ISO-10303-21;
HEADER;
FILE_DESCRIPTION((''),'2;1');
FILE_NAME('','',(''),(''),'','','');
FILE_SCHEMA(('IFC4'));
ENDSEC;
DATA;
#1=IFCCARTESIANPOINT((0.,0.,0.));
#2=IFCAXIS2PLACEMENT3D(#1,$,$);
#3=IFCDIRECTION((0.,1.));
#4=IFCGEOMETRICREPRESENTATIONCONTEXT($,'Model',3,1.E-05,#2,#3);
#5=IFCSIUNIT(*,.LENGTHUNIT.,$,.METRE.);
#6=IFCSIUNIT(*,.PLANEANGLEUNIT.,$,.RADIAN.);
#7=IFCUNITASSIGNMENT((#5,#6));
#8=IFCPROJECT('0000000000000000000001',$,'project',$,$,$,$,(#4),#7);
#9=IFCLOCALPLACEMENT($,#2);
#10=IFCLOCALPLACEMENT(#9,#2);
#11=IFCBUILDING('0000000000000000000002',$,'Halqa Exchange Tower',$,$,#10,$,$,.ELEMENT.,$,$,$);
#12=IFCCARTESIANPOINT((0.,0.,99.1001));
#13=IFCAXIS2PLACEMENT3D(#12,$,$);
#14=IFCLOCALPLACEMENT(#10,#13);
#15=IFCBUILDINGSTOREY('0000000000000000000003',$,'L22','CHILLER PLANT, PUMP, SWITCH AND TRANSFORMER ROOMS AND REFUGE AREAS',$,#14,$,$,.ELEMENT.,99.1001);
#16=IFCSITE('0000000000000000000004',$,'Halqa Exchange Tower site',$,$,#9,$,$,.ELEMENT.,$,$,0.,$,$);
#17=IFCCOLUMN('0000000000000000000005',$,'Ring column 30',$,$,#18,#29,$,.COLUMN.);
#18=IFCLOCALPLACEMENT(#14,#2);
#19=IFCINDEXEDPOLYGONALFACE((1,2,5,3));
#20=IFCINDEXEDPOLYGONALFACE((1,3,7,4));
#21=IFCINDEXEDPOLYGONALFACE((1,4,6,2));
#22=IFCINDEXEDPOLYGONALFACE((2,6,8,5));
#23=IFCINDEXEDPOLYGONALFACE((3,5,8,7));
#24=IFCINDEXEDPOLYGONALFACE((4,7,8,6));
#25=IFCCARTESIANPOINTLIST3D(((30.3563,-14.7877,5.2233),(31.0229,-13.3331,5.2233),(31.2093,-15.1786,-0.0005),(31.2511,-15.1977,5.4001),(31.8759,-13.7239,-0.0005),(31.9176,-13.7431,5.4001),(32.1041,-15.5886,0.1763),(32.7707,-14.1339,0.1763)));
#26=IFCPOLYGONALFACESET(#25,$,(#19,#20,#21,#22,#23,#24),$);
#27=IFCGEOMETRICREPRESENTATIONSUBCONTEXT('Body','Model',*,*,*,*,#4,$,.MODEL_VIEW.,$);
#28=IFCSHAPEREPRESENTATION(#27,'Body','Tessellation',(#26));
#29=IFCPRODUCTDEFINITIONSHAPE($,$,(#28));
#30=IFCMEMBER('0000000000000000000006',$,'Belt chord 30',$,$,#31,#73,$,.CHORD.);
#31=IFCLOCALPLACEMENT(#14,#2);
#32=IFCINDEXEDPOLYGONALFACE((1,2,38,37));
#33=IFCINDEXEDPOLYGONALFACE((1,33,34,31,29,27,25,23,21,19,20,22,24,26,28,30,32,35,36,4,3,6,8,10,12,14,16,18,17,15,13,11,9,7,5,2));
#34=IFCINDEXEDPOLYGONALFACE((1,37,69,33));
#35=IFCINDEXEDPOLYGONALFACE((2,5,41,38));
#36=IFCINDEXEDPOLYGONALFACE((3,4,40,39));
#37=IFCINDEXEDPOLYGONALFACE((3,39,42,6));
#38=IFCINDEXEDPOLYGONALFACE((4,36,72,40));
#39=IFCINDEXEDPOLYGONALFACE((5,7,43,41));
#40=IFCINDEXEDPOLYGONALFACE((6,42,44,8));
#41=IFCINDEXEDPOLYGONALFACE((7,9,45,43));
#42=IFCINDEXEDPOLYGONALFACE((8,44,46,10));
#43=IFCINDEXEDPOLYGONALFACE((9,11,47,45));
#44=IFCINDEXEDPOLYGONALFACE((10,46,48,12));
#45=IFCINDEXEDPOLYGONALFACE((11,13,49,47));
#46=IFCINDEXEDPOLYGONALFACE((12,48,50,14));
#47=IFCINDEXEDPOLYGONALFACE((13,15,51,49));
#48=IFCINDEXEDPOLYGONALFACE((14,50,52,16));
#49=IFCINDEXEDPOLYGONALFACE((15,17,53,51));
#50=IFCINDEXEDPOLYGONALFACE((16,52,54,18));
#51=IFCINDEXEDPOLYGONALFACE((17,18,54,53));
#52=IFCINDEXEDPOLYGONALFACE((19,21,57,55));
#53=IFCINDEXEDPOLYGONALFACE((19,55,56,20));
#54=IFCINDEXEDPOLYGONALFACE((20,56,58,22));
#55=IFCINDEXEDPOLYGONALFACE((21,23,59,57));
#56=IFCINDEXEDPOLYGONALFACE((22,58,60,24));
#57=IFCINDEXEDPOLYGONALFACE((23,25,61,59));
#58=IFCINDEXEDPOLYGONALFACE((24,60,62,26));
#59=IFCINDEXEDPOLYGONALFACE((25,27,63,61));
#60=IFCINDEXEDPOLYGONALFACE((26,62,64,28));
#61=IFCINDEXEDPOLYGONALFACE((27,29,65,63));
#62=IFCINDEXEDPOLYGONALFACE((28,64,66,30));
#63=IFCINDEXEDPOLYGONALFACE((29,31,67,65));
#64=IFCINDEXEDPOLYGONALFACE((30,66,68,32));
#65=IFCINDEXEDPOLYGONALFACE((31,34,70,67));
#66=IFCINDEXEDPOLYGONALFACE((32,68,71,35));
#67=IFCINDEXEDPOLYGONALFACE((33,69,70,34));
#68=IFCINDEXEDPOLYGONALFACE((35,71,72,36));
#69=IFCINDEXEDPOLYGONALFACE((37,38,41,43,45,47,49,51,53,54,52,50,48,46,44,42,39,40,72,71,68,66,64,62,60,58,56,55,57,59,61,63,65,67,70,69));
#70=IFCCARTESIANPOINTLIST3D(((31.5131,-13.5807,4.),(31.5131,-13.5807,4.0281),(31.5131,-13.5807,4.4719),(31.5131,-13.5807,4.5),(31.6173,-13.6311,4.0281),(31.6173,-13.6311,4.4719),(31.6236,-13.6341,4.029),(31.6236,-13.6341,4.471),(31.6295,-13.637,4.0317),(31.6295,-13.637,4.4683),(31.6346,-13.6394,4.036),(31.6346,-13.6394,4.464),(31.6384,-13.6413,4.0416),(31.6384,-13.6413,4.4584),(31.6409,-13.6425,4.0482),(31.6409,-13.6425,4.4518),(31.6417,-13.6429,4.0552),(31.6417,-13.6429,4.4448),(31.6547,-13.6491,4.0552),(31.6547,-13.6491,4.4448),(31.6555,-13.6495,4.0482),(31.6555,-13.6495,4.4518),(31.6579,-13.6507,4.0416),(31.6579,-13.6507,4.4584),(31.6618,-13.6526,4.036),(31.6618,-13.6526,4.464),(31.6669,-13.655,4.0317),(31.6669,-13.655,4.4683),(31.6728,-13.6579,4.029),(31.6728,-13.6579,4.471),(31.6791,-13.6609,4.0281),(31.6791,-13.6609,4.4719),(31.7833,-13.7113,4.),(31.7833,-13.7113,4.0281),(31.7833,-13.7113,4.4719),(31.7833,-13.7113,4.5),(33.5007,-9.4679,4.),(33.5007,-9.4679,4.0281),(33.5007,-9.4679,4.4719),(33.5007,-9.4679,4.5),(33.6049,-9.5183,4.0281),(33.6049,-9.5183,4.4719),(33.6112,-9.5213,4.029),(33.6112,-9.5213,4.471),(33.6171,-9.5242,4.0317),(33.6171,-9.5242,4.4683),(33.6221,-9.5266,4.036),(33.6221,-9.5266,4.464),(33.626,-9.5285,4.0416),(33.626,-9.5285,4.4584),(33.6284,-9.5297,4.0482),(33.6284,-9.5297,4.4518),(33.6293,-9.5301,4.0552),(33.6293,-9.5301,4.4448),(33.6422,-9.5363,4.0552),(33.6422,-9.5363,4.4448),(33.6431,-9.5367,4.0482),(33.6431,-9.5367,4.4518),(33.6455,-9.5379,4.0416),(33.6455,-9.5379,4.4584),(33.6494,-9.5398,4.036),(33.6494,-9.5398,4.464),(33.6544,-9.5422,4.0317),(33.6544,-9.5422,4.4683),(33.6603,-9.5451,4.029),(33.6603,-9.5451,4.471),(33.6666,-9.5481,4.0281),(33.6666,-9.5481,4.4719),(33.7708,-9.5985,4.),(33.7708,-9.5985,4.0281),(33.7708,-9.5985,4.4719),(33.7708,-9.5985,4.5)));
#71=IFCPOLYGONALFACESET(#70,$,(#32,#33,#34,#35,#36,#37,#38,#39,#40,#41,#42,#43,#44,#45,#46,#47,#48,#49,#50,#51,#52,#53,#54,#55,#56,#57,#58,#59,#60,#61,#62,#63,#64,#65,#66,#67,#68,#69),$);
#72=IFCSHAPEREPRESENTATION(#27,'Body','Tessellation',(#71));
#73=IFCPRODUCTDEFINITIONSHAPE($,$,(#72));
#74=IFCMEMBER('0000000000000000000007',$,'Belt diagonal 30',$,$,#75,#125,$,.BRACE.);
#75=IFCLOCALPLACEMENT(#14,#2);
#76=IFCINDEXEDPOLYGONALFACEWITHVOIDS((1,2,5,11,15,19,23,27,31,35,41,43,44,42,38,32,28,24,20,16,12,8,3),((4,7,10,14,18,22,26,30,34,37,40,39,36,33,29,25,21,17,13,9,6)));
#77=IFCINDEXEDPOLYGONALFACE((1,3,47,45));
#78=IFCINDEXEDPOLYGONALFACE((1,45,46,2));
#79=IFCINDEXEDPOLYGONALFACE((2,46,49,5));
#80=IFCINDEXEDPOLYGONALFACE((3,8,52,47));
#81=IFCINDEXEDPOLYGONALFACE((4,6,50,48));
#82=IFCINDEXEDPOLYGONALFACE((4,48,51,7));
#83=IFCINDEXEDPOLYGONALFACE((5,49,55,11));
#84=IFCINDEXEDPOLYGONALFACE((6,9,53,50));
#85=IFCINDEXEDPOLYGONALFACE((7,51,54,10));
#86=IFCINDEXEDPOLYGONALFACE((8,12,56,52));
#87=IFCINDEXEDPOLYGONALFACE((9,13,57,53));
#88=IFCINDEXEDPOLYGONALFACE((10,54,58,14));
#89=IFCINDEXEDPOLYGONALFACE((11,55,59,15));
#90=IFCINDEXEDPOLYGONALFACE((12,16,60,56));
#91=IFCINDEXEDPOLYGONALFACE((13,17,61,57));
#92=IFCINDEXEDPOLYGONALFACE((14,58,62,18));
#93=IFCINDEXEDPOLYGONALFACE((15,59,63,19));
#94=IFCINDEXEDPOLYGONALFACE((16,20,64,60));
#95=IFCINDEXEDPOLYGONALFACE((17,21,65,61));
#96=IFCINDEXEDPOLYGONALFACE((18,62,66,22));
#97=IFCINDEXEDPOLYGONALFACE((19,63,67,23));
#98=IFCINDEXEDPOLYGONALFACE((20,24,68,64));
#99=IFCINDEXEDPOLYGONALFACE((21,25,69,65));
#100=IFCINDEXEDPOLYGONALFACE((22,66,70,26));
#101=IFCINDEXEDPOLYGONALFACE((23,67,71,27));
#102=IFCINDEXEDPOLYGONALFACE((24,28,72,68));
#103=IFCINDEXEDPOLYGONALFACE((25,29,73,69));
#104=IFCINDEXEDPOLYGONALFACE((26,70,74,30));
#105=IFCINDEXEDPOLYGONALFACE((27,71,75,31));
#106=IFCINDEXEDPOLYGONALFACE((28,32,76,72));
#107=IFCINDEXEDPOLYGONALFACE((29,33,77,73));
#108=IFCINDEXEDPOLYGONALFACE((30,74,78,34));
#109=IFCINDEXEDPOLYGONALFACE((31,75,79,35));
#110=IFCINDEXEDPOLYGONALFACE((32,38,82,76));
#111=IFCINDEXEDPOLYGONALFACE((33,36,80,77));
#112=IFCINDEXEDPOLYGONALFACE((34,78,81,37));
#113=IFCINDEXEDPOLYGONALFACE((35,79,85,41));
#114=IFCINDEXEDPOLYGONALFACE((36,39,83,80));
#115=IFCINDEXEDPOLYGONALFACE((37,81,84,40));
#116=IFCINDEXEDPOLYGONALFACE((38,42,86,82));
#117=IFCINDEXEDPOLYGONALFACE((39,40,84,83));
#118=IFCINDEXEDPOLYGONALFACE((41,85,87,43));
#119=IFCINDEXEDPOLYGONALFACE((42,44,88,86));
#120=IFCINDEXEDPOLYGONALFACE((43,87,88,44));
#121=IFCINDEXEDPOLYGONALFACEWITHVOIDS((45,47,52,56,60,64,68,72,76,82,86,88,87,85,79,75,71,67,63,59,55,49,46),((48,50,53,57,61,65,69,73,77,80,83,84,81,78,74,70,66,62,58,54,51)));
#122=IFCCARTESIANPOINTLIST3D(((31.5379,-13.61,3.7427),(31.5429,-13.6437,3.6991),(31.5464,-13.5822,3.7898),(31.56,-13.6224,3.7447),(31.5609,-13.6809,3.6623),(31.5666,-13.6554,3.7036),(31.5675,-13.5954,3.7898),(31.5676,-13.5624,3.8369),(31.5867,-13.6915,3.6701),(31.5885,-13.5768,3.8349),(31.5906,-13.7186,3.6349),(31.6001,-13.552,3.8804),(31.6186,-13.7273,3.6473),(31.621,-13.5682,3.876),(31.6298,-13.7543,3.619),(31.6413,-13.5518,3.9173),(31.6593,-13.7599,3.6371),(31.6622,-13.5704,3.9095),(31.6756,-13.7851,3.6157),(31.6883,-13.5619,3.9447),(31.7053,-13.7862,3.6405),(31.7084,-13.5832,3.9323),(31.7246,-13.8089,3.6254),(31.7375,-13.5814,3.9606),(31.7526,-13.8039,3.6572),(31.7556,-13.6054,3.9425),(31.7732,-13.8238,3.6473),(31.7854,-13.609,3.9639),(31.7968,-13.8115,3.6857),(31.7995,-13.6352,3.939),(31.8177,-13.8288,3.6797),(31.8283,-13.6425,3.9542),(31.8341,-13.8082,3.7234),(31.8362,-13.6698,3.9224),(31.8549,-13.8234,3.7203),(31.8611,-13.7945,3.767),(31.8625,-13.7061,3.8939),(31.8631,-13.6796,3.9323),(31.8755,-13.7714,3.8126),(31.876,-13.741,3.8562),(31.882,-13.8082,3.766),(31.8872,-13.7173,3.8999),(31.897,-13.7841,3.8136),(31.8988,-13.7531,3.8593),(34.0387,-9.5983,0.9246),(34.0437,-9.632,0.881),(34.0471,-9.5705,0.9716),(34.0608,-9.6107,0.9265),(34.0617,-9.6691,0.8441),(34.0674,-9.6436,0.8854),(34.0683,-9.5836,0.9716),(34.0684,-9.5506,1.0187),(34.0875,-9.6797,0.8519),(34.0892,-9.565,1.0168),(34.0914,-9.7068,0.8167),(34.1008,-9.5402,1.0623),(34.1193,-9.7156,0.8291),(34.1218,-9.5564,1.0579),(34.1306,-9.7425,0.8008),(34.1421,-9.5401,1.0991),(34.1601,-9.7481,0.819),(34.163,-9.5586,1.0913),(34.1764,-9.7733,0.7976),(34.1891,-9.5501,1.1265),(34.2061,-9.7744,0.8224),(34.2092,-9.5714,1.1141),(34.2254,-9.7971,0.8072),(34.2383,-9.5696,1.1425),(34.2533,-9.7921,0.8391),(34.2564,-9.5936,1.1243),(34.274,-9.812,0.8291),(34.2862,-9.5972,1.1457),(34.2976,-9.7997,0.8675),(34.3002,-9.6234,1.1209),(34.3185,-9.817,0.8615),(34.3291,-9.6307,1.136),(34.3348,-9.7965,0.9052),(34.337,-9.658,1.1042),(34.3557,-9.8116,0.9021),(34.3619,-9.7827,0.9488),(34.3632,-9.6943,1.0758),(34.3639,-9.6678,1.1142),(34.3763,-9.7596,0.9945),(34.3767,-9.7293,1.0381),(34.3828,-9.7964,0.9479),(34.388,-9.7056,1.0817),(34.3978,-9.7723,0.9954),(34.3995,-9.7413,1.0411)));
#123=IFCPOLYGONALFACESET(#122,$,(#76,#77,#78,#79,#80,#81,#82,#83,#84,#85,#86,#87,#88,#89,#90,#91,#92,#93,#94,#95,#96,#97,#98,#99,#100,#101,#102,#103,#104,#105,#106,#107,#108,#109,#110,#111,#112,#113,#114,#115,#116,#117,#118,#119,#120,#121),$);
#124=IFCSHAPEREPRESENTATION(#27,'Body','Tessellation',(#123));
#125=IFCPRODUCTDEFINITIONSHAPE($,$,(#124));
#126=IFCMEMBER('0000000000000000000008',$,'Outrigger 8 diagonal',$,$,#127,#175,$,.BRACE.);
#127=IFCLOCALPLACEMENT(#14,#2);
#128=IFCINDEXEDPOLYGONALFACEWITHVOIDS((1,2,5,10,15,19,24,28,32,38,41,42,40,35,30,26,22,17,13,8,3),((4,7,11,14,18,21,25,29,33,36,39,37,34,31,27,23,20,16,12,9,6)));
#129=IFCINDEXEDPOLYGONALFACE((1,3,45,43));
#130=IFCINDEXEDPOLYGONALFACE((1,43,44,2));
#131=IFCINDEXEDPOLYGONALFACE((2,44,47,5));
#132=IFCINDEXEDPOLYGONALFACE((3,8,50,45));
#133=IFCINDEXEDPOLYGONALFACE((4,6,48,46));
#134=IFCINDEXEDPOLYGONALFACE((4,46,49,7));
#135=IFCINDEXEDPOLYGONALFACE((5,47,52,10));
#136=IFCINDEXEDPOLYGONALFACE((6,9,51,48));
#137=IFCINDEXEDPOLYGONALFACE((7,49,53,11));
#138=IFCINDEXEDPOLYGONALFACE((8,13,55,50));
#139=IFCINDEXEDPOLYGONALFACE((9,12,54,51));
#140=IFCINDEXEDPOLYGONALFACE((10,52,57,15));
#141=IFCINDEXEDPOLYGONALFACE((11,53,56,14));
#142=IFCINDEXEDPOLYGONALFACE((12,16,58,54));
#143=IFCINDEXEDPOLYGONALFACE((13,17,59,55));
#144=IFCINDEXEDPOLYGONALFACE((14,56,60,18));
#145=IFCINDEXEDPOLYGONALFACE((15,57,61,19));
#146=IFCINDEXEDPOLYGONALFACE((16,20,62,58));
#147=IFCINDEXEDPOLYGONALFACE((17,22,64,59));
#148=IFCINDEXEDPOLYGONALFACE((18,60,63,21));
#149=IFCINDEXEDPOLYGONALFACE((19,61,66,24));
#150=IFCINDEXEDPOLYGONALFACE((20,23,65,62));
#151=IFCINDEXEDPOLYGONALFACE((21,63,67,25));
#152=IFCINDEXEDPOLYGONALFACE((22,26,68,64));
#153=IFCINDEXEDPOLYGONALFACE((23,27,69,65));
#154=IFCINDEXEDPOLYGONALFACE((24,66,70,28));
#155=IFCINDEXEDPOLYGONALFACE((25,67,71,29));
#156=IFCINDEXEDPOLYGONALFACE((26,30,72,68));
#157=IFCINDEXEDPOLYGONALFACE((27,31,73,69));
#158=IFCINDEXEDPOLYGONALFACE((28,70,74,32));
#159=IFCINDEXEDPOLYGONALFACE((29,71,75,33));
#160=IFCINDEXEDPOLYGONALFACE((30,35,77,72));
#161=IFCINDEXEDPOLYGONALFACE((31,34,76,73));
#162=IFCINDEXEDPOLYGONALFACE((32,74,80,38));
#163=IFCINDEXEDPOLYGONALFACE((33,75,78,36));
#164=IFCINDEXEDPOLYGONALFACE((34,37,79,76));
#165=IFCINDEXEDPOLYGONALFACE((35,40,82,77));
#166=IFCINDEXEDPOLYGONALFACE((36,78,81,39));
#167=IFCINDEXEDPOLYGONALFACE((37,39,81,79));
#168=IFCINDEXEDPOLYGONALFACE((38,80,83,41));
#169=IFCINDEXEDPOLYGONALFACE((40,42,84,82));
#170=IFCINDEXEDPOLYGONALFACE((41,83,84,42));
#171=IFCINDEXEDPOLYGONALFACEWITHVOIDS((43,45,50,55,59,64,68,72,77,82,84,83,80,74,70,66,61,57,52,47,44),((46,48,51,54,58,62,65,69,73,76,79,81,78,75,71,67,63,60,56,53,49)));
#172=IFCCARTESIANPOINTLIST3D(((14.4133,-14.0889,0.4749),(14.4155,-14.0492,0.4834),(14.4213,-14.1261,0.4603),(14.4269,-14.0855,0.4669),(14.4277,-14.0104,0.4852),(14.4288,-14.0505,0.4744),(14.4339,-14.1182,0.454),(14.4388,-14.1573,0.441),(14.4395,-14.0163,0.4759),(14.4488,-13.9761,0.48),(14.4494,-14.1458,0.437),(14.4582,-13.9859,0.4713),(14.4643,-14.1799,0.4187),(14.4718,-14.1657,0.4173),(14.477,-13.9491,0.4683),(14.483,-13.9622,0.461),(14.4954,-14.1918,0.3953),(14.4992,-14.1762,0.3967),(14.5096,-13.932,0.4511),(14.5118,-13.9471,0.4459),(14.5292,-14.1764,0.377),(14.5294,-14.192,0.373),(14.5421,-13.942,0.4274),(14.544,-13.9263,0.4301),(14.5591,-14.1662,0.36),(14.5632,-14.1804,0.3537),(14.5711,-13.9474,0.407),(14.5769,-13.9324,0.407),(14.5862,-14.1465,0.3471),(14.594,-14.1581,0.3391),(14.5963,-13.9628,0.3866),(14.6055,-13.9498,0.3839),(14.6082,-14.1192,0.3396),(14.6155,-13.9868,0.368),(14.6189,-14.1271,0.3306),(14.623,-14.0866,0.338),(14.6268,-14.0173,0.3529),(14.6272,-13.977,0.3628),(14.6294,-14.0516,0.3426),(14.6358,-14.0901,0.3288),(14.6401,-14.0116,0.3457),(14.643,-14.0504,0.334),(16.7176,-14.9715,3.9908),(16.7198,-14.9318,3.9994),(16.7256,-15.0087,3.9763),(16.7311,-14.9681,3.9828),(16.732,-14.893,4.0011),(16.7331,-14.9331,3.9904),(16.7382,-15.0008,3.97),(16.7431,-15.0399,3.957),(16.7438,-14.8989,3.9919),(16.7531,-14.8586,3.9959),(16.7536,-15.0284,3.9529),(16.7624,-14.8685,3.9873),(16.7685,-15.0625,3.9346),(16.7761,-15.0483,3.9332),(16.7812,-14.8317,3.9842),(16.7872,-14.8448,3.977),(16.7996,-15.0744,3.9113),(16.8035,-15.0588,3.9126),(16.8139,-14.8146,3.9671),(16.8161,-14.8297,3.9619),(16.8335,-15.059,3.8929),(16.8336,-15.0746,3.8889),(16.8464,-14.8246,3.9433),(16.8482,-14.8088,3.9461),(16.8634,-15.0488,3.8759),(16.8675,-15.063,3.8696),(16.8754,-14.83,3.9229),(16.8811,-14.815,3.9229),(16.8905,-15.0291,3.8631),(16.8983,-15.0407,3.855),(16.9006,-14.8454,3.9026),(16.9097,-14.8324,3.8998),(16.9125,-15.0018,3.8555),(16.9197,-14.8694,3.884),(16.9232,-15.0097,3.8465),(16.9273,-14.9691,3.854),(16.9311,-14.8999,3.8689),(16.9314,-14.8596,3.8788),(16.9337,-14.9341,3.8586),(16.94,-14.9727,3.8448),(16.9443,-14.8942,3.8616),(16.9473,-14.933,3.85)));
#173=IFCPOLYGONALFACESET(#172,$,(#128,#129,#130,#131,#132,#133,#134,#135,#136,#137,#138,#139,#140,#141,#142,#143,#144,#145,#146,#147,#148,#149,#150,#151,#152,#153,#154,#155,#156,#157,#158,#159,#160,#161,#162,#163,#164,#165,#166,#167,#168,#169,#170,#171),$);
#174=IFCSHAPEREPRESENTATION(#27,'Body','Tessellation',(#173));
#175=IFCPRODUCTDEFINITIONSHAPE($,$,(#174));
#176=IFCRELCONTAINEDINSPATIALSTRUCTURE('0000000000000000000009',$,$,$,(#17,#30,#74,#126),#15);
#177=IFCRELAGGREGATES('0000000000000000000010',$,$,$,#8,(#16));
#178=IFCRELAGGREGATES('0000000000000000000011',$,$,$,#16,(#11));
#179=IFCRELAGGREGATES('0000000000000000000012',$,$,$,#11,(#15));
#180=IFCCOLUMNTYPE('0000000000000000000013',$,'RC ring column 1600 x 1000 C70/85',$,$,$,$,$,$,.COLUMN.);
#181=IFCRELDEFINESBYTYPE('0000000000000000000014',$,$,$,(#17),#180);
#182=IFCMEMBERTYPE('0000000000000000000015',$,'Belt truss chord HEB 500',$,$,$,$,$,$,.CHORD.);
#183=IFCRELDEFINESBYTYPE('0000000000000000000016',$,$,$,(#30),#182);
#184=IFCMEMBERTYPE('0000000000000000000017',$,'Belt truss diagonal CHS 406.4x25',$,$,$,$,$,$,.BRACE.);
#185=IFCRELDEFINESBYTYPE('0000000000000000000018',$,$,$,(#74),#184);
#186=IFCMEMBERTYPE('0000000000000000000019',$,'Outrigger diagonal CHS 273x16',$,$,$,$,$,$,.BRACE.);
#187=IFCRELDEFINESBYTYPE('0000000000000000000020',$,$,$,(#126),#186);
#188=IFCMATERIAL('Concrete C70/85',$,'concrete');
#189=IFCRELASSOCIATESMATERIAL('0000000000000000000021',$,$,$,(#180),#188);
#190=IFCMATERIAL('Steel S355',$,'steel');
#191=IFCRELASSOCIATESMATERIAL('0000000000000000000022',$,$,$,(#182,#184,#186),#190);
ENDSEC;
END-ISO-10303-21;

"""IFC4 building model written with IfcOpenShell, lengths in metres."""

from ifc_helpers import new_model, si_unit, direction, frame, origin, origin_2d, place, context, subcontext, project, spatial, rectangle, hollow_circle, i_section, extrude, material, material_profile, profile_set, type_object, element, save


model = new_model("IFC4")

# Units and contexts
model_context = context("Model", 3, precision=1e-05, world=origin(), true_north=direction((0.0, 1.0)))
body_context = subcontext(model_context, "Body", "Model", "MODEL_VIEW")
ifc_project = project(units=[si_unit("LENGTHUNIT", "METRE"), si_unit("PLANEANGLEUNIT", "RADIAN")], contexts=[model_context])

# Site, building, storey
site_placement = place(None, origin())
site = spatial("IfcSite", under=ifc_project, at=site_placement, Name="Halqa Exchange Tower site", CompositionType="ELEMENT", RefElevation=0.0)
building_placement = place(site_placement, origin())
building = spatial("IfcBuilding", under=site, at=building_placement, Name="Halqa Exchange Tower", CompositionType="ELEMENT")
storey_placement = place(building_placement, frame((0.0, 0.0, 99.1001)))
storey = spatial("IfcBuildingStorey", under=building, at=storey_placement, Name="L22", Description="CHILLER PLANT, PUMP, SWITCH AND TRANSFORMER ROOMS AND REFUGE AREAS", CompositionType="ELEMENT", Elevation=99.1001)

# Column
ifc_material_1 = material(Name="Concrete C70/85", Category="concrete")
ifc_material_profile_1 = material_profile(ifc_material_1, rectangle(XDim=1.6001, YDim=1.0, at=origin_2d()), Name="1600 x 1000")
ifc_profile_set_1 = profile_set([ifc_material_profile_1], Name="Concrete C70/85")
column_type = type_object("IfcColumnType", Name="RC ring column 1600 x 1000 C70/85", PredefinedType="COLUMN", material=ifc_profile_set_1)
column_placement = place(storey_placement, frame((31.99, -14.6562, 0.0879), z_axis=(-0.160722, 0.073645, 0.984248), x_axis=(-0.416565, -0.909106, 0.0)))
element("IfcColumn", 1, at=column_placement, inside=storey, type_object=column_type, Name="Ring column 30", PredefinedType="COLUMN", context=body_context, shape_type="SweptSolid", body=[
    extrude(rectangle(XDim=1.6001, YDim=1.0, at=origin_2d()), origin(), (0.0, 0.0, 1.0), 5.3074),
])

# Members
ifc_material_2 = material(Name="Steel S355", Category="steel")
ifc_material_profile_2 = material_profile(ifc_material_2, i_section(OverallWidth=0.3, OverallDepth=0.5, WebThickness=0.0144, FlangeThickness=0.0281, FilletRadius=0.0271, at=origin_2d()), Name="HEB 500")
ifc_profile_set_2 = profile_set([ifc_material_profile_2], Name="Steel S355")
member_type_1 = type_object("IfcMemberType", Name="Belt truss chord HEB 500", PredefinedType="CHORD", material=ifc_profile_set_2)
member_1_placement = place(storey_placement, frame((31.6482, -13.646, 4.25), z_axis=(0.435115, 0.900375, 0.0), x_axis=(-0.900375, 0.435115, 0.0)))
element("IfcMember", 2, at=member_1_placement, inside=storey, type_object=member_type_1, Name="Belt chord 30", PredefinedType="CHORD", context=body_context, shape_type="SweptSolid", body=[
    extrude(i_section(OverallWidth=0.3, OverallDepth=0.5, WebThickness=0.0144, FlangeThickness=0.0281, FilletRadius=0.0271, at=origin_2d()), origin(), (0.0, 0.0, 1.0), 4.5679),
])
ifc_material_profile_3 = material_profile(ifc_material_2, hollow_circle(Radius=0.2031, WallThickness=0.0249, at=origin_2d()), Name="CHS 406.4x25")
ifc_profile_set_3 = profile_set([ifc_material_profile_3], Name="Steel S355")
member_type_2 = type_object("IfcMemberType", Name="Belt truss diagonal CHS 406.4x25", PredefinedType="BRACE", material=ifc_profile_set_3)
member_2_placement = place(storey_placement, frame((31.7188, -13.6897, 3.7898), z_axis=(0.454383, 0.72893, -0.512052), x_axis=(-0.848624, 0.528996, 0.0)))
element("IfcMember", 3, at=member_2_placement, inside=storey, type_object=member_type_2, Name="Belt diagonal 30", PredefinedType="BRACE", context=body_context, shape_type="SweptSolid", body=[
    extrude(hollow_circle(Radius=0.2031, WallThickness=0.0249, at=origin_2d()), origin(), (0.0, 0.0, 1.0), 5.5037),
])
ifc_material_profile_4 = material_profile(ifc_material_2, hollow_circle(Radius=0.1365, WallThickness=0.0161, at=origin_2d()), Name="CHS 273x16")
ifc_profile_set_4 = profile_set([ifc_material_profile_4], Name="Steel S355")
member_type_3 = type_object("IfcMemberType", Name="Outrigger diagonal CHS 273x16", PredefinedType="BRACE", material=ifc_profile_set_4)
member_3_placement = place(storey_placement, frame((14.5281, -14.0598, 0.407), z_axis=(0.536447, -0.205473, 0.818539), x_axis=(0.357686, 0.933842, 0.0)))
element("IfcMember", 4, at=member_3_placement, inside=storey, type_object=member_type_3, Name="Outrigger 8 diagonal", PredefinedType="BRACE", context=body_context, shape_type="SweptSolid", body=[
    extrude(hollow_circle(Radius=0.1365, WallThickness=0.0161, at=origin_2d()), origin(), (0.0, 0.0, 1.0), 4.2954),
])

save(model, "model.ifc")
